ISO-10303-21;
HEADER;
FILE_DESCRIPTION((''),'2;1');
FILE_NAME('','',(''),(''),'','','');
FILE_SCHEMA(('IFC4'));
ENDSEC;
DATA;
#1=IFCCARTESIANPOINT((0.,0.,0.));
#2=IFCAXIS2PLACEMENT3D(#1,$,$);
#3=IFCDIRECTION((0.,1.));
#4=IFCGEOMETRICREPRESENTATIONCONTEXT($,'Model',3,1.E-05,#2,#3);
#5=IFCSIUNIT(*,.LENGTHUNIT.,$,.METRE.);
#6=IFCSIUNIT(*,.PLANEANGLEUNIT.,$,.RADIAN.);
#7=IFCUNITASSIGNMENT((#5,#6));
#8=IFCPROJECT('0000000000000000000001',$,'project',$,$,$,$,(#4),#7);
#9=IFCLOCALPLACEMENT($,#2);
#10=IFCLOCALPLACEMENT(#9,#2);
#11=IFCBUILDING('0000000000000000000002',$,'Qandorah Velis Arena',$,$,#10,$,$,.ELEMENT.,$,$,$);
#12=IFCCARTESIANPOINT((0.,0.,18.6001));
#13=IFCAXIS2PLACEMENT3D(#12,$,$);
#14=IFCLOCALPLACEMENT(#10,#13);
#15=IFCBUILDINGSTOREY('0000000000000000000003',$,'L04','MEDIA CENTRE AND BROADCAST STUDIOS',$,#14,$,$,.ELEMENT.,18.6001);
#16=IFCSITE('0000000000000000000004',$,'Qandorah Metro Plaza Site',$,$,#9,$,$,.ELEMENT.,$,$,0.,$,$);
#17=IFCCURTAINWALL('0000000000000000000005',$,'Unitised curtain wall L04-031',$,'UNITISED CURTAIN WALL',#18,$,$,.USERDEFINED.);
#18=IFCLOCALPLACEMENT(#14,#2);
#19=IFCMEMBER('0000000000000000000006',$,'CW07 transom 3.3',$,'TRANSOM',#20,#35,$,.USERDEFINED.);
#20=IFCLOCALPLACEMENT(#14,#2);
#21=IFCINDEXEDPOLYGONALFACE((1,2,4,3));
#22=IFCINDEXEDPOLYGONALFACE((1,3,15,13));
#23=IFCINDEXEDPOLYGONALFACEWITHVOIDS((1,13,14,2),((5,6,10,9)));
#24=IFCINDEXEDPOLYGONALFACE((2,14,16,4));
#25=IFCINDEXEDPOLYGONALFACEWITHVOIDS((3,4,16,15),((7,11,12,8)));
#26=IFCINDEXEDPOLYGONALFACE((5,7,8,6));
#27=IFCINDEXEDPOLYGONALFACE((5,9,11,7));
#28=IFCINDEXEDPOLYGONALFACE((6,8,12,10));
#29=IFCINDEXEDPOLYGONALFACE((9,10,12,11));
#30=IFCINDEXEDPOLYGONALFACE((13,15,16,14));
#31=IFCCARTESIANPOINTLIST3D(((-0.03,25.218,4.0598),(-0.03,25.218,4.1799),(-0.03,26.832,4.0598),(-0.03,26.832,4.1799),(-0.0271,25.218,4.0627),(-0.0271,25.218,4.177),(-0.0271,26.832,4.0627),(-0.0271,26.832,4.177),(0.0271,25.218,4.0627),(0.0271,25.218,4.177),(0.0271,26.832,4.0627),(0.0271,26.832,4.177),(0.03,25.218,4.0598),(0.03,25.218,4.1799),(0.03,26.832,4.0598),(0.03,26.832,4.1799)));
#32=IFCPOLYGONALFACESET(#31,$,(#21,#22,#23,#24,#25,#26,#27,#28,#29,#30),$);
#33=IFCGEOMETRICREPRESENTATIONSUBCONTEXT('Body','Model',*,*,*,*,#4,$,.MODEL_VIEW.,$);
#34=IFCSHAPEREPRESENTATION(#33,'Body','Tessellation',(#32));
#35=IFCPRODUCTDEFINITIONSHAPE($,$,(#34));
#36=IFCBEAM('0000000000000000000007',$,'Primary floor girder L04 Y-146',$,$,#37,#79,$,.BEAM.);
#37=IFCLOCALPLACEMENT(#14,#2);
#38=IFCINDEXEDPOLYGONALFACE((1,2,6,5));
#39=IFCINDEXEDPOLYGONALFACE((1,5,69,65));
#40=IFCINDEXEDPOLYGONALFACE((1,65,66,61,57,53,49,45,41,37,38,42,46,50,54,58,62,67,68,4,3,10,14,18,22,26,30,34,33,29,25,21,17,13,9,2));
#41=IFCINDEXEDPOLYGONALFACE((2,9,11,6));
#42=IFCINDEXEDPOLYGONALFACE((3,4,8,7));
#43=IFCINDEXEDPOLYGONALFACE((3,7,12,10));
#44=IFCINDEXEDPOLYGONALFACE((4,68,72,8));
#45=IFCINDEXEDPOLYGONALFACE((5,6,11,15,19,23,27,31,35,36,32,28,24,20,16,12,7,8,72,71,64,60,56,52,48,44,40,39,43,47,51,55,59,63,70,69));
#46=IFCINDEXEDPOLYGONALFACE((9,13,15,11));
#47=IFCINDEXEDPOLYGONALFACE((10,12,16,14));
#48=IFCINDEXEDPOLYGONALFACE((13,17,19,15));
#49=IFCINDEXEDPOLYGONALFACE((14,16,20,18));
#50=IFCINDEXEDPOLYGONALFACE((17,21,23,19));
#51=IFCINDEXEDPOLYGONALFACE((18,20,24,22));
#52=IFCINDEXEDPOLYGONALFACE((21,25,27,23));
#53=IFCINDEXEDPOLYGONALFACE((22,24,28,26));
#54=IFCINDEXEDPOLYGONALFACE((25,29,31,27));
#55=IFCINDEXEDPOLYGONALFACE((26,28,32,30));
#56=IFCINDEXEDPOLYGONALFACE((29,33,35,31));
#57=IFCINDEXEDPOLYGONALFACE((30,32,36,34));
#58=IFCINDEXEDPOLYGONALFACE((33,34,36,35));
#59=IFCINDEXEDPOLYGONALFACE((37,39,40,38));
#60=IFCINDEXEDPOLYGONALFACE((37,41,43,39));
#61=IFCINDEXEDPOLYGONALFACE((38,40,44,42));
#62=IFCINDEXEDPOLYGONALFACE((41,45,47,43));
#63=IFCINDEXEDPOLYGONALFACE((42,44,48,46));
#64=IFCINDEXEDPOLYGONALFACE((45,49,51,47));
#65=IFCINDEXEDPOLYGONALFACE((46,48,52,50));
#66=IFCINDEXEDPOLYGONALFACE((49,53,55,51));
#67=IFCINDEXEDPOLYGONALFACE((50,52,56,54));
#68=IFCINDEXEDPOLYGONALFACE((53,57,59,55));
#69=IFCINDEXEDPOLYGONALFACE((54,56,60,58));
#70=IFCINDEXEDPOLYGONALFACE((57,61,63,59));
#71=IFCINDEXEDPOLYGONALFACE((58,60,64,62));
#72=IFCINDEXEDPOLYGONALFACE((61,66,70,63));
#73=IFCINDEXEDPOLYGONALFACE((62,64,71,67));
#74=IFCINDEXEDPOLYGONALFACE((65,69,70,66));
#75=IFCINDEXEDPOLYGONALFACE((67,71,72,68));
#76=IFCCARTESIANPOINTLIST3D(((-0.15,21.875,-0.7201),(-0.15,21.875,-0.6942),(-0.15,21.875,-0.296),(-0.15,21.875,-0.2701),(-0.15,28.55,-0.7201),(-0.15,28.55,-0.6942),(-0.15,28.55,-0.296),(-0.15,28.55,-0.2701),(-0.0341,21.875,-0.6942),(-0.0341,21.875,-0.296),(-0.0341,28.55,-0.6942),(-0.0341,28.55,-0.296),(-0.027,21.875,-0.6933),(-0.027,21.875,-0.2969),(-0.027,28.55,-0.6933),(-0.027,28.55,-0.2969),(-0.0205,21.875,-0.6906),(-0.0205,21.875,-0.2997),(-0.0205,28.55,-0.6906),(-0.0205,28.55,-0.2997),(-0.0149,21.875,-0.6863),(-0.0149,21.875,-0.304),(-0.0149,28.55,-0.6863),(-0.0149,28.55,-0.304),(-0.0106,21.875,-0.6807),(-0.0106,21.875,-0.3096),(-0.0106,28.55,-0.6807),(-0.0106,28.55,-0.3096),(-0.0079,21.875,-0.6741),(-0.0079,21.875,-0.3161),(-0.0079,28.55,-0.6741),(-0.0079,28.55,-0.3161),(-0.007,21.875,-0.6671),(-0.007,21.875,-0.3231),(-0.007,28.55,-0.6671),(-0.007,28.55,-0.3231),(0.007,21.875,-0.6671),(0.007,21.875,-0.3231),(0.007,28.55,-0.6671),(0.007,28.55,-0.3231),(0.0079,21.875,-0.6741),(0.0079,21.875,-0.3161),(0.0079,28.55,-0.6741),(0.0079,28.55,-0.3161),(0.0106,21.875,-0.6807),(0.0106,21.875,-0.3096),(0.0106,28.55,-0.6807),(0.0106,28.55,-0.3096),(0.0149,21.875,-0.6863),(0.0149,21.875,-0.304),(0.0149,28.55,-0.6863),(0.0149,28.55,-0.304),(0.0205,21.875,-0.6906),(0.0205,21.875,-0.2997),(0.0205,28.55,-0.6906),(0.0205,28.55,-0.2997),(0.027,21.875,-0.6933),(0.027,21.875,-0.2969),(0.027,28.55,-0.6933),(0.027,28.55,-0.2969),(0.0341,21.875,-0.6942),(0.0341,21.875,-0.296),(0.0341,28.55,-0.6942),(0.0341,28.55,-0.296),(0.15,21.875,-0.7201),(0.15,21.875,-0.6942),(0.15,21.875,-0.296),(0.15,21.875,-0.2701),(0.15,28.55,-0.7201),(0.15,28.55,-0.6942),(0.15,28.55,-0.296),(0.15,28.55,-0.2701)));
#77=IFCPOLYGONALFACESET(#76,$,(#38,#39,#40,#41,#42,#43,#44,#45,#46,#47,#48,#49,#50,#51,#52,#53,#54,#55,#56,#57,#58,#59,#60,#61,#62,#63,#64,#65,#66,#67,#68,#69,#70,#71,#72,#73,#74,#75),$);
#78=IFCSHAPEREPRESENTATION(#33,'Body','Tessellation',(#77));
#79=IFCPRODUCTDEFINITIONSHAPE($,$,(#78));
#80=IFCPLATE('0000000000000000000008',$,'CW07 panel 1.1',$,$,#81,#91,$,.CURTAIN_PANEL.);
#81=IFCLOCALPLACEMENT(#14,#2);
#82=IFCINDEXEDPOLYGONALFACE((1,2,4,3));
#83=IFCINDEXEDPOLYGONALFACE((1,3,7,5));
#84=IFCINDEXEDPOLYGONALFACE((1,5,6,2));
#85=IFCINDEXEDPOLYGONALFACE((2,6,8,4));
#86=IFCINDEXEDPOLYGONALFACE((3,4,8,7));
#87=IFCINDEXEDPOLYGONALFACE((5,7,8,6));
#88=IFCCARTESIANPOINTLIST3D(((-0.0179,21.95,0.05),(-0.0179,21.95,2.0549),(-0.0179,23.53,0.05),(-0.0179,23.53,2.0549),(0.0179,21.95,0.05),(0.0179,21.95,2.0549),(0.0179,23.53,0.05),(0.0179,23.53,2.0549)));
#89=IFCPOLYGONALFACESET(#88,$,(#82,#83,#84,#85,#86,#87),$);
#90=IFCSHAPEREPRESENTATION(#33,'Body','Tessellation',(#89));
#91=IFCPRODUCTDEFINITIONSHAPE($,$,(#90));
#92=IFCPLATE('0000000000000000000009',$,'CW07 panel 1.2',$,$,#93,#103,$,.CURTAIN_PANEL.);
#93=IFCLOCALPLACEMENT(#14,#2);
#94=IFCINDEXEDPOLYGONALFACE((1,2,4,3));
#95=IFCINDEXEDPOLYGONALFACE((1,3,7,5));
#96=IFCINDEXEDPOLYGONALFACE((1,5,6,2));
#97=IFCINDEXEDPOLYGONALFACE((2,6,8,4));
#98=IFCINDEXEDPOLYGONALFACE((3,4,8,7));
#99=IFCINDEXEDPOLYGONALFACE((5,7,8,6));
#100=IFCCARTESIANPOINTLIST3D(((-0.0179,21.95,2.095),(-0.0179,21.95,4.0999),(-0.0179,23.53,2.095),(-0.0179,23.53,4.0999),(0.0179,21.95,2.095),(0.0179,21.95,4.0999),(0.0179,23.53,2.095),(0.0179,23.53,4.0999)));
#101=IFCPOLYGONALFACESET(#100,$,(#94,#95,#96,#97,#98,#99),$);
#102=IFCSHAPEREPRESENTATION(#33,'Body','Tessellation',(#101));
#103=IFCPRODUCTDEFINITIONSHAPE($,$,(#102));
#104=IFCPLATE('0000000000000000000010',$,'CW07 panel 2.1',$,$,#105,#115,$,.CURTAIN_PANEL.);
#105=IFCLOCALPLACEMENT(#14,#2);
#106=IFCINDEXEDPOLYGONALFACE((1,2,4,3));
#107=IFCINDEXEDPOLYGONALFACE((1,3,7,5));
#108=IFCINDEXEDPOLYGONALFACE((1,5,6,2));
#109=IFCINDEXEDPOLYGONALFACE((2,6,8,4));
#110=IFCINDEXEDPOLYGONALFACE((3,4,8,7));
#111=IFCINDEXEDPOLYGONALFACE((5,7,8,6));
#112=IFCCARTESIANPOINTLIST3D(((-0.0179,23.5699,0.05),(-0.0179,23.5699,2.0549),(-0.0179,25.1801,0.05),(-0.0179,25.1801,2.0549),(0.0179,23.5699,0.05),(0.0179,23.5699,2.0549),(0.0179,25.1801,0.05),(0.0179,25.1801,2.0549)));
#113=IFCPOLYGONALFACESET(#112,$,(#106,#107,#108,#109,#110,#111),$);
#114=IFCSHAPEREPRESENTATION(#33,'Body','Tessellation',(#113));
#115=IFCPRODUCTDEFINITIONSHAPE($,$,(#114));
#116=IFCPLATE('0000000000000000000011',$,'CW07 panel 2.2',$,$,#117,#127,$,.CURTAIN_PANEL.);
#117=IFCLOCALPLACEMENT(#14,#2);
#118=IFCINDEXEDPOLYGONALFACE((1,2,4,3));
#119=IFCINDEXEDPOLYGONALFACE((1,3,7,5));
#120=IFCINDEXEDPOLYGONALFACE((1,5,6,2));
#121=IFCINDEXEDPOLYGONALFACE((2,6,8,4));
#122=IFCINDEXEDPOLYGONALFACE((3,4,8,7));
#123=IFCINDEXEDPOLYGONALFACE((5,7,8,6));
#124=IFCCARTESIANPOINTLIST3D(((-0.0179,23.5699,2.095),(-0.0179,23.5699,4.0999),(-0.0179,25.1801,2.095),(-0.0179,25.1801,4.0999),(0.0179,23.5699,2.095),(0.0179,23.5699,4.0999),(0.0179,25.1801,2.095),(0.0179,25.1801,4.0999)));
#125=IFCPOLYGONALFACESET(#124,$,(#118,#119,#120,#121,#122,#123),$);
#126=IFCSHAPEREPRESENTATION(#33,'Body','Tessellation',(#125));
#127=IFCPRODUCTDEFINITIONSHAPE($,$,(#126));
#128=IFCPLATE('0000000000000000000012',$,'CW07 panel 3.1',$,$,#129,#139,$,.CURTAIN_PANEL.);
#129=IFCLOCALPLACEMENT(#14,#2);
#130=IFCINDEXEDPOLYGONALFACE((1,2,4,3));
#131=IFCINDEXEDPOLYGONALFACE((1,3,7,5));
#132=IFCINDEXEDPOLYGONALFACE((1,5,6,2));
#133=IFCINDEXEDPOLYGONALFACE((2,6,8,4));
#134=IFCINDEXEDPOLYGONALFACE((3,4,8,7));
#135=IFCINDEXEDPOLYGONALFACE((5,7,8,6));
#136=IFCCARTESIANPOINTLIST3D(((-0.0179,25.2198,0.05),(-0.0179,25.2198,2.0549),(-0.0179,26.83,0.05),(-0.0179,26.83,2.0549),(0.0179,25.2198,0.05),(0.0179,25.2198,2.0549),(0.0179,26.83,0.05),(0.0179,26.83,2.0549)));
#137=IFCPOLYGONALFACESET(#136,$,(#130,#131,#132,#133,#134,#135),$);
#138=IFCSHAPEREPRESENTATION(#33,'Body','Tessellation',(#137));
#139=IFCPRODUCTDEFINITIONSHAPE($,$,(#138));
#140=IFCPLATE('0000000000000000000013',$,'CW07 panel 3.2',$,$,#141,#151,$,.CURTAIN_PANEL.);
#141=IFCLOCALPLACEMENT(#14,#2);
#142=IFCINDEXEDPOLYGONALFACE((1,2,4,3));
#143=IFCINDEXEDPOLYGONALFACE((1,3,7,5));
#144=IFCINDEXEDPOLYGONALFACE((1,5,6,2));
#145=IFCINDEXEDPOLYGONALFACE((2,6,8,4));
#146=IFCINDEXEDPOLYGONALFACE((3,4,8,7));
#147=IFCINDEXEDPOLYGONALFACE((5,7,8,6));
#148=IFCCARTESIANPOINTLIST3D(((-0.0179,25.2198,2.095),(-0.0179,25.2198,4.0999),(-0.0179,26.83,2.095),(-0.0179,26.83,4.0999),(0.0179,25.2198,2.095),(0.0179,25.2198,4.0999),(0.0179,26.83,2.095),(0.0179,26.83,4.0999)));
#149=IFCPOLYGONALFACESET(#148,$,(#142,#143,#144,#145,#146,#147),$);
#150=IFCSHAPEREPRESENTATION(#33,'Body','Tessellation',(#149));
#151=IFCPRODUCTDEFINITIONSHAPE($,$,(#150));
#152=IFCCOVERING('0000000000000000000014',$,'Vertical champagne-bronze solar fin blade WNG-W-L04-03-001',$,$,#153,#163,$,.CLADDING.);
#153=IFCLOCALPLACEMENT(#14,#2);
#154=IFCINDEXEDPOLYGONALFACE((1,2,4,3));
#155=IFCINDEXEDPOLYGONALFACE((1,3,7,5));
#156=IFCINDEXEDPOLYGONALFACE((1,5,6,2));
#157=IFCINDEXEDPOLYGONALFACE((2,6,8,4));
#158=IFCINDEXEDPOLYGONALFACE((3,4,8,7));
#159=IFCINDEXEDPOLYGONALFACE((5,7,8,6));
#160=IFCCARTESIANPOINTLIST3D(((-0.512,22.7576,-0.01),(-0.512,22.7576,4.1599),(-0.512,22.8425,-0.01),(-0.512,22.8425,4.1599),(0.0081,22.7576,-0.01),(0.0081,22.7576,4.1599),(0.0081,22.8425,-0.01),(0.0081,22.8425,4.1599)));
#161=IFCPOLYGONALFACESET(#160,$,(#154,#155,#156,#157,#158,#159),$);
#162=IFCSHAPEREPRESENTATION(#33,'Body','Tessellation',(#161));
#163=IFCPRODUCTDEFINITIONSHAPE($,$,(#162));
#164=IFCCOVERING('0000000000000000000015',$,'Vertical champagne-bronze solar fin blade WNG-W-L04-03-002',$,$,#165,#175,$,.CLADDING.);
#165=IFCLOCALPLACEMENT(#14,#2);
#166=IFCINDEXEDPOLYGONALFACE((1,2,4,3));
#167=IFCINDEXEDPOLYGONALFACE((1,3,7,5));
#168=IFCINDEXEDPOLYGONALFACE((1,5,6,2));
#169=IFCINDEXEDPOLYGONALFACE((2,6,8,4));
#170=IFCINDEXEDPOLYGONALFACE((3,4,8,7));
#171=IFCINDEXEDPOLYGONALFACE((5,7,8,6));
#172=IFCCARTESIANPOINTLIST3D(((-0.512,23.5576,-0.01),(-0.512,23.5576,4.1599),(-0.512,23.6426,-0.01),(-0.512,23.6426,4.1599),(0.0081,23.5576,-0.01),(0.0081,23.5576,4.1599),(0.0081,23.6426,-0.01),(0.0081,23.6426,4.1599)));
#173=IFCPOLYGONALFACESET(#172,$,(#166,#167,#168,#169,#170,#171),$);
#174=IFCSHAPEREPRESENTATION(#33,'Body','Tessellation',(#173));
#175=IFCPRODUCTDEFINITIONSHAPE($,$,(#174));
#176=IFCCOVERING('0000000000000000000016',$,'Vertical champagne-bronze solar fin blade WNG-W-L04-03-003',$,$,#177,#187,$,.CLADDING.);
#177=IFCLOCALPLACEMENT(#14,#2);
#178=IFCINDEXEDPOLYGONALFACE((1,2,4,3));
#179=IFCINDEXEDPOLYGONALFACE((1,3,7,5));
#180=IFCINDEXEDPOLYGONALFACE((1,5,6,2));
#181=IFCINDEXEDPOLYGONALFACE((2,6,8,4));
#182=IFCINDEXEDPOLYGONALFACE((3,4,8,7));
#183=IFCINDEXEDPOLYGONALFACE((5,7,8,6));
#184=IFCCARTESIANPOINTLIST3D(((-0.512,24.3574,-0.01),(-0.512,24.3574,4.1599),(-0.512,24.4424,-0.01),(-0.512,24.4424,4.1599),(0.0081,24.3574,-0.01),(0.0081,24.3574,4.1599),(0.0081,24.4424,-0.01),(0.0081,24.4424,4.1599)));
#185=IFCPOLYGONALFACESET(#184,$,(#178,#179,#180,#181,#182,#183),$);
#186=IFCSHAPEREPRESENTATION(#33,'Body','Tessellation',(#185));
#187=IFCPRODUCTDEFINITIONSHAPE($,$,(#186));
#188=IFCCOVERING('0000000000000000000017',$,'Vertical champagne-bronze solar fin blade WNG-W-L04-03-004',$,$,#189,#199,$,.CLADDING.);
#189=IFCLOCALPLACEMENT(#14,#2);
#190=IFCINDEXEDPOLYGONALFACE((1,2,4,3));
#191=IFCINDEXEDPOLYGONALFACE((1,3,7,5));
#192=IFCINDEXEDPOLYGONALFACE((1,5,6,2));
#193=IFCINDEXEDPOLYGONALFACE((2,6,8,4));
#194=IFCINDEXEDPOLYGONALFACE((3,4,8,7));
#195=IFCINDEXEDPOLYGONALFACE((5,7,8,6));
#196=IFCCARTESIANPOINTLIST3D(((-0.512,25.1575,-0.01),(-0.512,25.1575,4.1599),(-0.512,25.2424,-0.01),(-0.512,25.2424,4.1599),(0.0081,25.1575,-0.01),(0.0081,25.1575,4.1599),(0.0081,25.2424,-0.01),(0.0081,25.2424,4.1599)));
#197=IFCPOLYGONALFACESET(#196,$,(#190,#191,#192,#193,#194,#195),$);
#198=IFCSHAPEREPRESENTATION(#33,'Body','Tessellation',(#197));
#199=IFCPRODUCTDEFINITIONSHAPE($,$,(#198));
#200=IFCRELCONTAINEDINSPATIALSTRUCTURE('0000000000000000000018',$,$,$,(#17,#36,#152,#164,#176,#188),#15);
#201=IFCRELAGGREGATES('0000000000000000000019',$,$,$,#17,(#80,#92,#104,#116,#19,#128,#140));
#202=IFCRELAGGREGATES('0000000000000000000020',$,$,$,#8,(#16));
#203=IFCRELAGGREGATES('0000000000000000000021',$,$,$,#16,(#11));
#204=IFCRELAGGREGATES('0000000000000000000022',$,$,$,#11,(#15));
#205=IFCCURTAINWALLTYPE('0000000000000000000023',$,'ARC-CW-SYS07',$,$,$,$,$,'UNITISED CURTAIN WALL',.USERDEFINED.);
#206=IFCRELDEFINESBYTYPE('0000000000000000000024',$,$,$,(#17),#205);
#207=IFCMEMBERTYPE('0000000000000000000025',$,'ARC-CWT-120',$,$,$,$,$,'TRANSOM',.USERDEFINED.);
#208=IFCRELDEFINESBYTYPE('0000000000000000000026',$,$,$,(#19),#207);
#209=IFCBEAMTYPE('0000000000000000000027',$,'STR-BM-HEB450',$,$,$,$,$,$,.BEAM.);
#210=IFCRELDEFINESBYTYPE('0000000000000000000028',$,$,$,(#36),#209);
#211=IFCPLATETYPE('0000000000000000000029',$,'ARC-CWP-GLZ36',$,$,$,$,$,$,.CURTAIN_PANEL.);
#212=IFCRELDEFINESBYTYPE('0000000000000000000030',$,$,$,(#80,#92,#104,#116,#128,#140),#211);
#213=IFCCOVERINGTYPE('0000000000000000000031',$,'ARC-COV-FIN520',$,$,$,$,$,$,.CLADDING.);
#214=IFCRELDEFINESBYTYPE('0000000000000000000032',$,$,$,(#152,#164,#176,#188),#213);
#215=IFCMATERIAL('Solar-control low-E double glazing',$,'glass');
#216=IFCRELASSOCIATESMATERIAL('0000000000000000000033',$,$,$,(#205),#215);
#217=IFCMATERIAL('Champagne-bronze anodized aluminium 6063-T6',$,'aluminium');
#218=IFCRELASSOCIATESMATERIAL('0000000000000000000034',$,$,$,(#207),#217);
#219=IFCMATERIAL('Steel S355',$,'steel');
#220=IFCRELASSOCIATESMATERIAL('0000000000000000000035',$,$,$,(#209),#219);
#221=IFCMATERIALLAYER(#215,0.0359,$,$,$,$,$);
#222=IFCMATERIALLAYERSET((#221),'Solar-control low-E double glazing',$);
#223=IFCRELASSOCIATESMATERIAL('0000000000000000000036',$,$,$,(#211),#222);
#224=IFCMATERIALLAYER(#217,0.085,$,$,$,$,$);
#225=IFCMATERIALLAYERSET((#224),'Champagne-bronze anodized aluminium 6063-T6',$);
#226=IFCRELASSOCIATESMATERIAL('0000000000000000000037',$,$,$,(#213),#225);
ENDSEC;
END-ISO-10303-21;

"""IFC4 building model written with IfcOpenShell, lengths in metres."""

from ifc_helpers import new_model, si_unit, direction, frame, origin, origin_2d, place, context, subcontext, project, spatial, rectangle, hollow_rectangle, i_section, extrude, material, layer, layer_set, material_profile, profile_set, type_object, element, aggregate, save


model = new_model("IFC4")

# Units and contexts
model_context = context("Model", 3, precision=1e-05, world=origin(), true_north=direction((0.0, 1.0)))
body_context = subcontext(model_context, "Body", "Model", "MODEL_VIEW")
ifc_project = project(units=[si_unit("LENGTHUNIT", "METRE"), si_unit("PLANEANGLEUNIT", "RADIAN")], contexts=[model_context])

# Site, building, storey
site_placement = place(None, origin())
site = spatial("IfcSite", under=ifc_project, at=site_placement, Name="Qandorah Metro Plaza Site", CompositionType="ELEMENT", RefElevation=0.0)
building_placement = place(site_placement, origin())
building = spatial("IfcBuilding", under=site, at=building_placement, Name="Qandorah Velis Arena", CompositionType="ELEMENT")
storey_placement = place(building_placement, frame((0.0, 0.0, 18.6001)))
storey = spatial("IfcBuildingStorey", under=building, at=storey_placement, Name="L04", Description="MEDIA CENTRE AND BROADCAST STUDIOS", CompositionType="ELEMENT", Elevation=18.6001)

# Curtain wall, member
ifc_material_1 = material(Name="Solar-control low-E double glazing", Category="glass")
curtain_wall_type = type_object("IfcCurtainWallType", Name="ARC-CW-SYS07", ElementType="UNITISED CURTAIN WALL", PredefinedType="USERDEFINED", material=ifc_material_1)
curtain_wall_placement = place(storey_placement, origin())
curtain_wall = element("IfcCurtainWall", 1, at=curtain_wall_placement, inside=storey, type_object=curtain_wall_type, Name="Unitised curtain wall L04-031", ObjectType="UNITISED CURTAIN WALL", PredefinedType="USERDEFINED")
ifc_material_2 = material(Name="Champagne-bronze anodized aluminium 6063-T6", Category="aluminium")
ifc_material_profile_1 = material_profile(ifc_material_2, hollow_rectangle(XDim=0.0601, YDim=0.1201, WallThickness=0.0029, at=origin_2d()), Name="ALU TRANSOM 60x120")
ifc_profile_set_1 = profile_set([ifc_material_profile_1], Name="Champagne-bronze anodized aluminium 6063-T6")
member_type_1 = type_object("IfcMemberType", Name="ARC-CWT-120", ElementType="TRANSOM", PredefinedType="USERDEFINED", material=ifc_profile_set_1)
member_1_placement = place(storey_placement, frame((0.0, 25.218, 4.1199), z_axis=(0.0, 1.0, 0.0), x_axis=(-1.0, 0.0, 0.0)))
member_1 = element("IfcMember", 2, at=member_1_placement, type_object=member_type_1, Name="CW07 transom 3.3", ObjectType="TRANSOM", PredefinedType="USERDEFINED", context=body_context, shape_type="SweptSolid", body=[
    extrude(hollow_rectangle(XDim=0.0601, YDim=0.1201, WallThickness=0.0029, at=origin_2d()), origin(), (0.0, 0.0, 1.0), 1.614),
])

# Beam
ifc_material_3 = material(Name="Steel S355", Category="steel")
ifc_material_profile_2 = material_profile(ifc_material_3, i_section(OverallWidth=0.3, OverallDepth=0.45, WebThickness=0.0139, FlangeThickness=0.0259, FilletRadius=0.0271, at=origin_2d()), Name="HEB 450")
ifc_profile_set_2 = profile_set([ifc_material_profile_2], Name="Steel S355")
beam_type = type_object("IfcBeamType", Name="STR-BM-HEB450", PredefinedType="BEAM", material=ifc_profile_set_2)
beam_placement = place(storey_placement, frame((0.0, 21.875, -0.4951), z_axis=(0.0, 1.0, 0.0), x_axis=(-1.0, 0.0, 0.0)))
element("IfcBeam", 3, at=beam_placement, inside=storey, type_object=beam_type, Name="Primary floor girder L04 Y-146", PredefinedType="BEAM", context=body_context, shape_type="SweptSolid", body=[
    extrude(i_section(OverallWidth=0.3, OverallDepth=0.45, WebThickness=0.0139, FlangeThickness=0.0259, FilletRadius=0.0271, at=origin_2d()), origin(), (0.0, 0.0, 1.0), 6.675),
])

# Plates
ifc_layer_1 = layer(ifc_material_1, 0.0359)
ifc_layer_set_1 = layer_set([ifc_layer_1], Name="Solar-control low-E double glazing")
plate_type = type_object("IfcPlateType", Name="ARC-CWP-GLZ36", PredefinedType="CURTAIN_PANEL", material=ifc_layer_set_1)
plate_1_placement = place(storey_placement, frame((0.0, 22.74, 0.05), z_axis=(0.0, 0.0, 1.0), x_axis=(0.0, 1.0, 0.0)))
plate_1 = element("IfcPlate", 4, at=plate_1_placement, type_object=plate_type, Name="CW07 panel 1.1", PredefinedType="CURTAIN_PANEL", context=body_context, shape_type="SweptSolid", body=[
    extrude(rectangle(XDim=1.5801, YDim=0.0359, at=origin_2d()), origin(), (0.0, 0.0, 1.0), 2.0049),
])
plate_2_placement = place(storey_placement, frame((0.0, 22.74, 2.095), z_axis=(0.0, 0.0, 1.0), x_axis=(0.0, 1.0, 0.0)))
plate_2 = element("IfcPlate", 5, at=plate_2_placement, type_object=plate_type, Name="CW07 panel 1.2", PredefinedType="CURTAIN_PANEL", context=body_context, shape_type="SweptSolid", body=[
    extrude(rectangle(XDim=1.5801, YDim=0.0359, at=origin_2d()), origin(), (0.0, 0.0, 1.0), 2.0049),
])
plate_3_placement = place(storey_placement, frame((0.0, 24.375, 0.05), z_axis=(0.0, 0.0, 1.0), x_axis=(0.0, 1.0, 0.0)))
plate_3 = element("IfcPlate", 6, at=plate_3_placement, type_object=plate_type, Name="CW07 panel 2.1", PredefinedType="CURTAIN_PANEL", context=body_context, shape_type="SweptSolid", body=[
    extrude(rectangle(XDim=1.6101, YDim=0.0359, at=origin_2d()), origin(), (0.0, 0.0, 1.0), 2.0049),
])
plate_4_placement = place(storey_placement, frame((0.0, 24.375, 2.095), z_axis=(0.0, 0.0, 1.0), x_axis=(0.0, 1.0, 0.0)))
plate_4 = element("IfcPlate", 7, at=plate_4_placement, type_object=plate_type, Name="CW07 panel 2.2", PredefinedType="CURTAIN_PANEL", context=body_context, shape_type="SweptSolid", body=[
    extrude(rectangle(XDim=1.6101, YDim=0.0359, at=origin_2d()), origin(), (0.0, 0.0, 1.0), 2.0049),
])
plate_5_placement = place(storey_placement, frame((0.0, 26.0249, 0.05), z_axis=(0.0, 0.0, 1.0), x_axis=(0.0, 1.0, 0.0)))
plate_5 = element("IfcPlate", 8, at=plate_5_placement, type_object=plate_type, Name="CW07 panel 3.1", PredefinedType="CURTAIN_PANEL", context=body_context, shape_type="SweptSolid", body=[
    extrude(rectangle(XDim=1.6101, YDim=0.0359, at=origin_2d()), origin(), (0.0, 0.0, 1.0), 2.0049),
])
plate_6_placement = place(storey_placement, frame((0.0, 26.0249, 2.095), z_axis=(0.0, 0.0, 1.0), x_axis=(0.0, 1.0, 0.0)))
plate_6 = element("IfcPlate", 9, at=plate_6_placement, type_object=plate_type, Name="CW07 panel 3.2", PredefinedType="CURTAIN_PANEL", context=body_context, shape_type="SweptSolid", body=[
    extrude(rectangle(XDim=1.6101, YDim=0.0359, at=origin_2d()), origin(), (0.0, 0.0, 1.0), 2.0049),
])
aggregate(curtain_wall, [plate_1, plate_2, plate_3, plate_4, member_1, plate_5, plate_6])

# Coverings
ifc_layer_2 = layer(ifc_material_2, 0.085)
ifc_layer_set_2 = layer_set([ifc_layer_2], Name="Champagne-bronze anodized aluminium 6063-T6")
covering_type = type_object("IfcCoveringType", Name="ARC-COV-FIN520", PredefinedType="CLADDING", material=ifc_layer_set_2)
for number, where, z_axis, x_axis, name in (
    (10, (-0.252, 22.8, -0.01), (0.0, 0.0, 1.0), (1.0, 0.0, 0.0), "Vertical champagne-bronze solar fin blade WNG-W-L04-03-001"),
    (11, (-0.252, 23.6001, -0.01), (0.0, 0.0, 1.0), (1.0, 0.0, 0.0), "Vertical champagne-bronze solar fin blade WNG-W-L04-03-002"),
    (12, (-0.252, 24.3999, -0.01), (0.0, 0.0, 1.0), (1.0, 0.0, 0.0), "Vertical champagne-bronze solar fin blade WNG-W-L04-03-003"),
    (13, (-0.252, 25.2, -0.01), (0.0, 0.0, 1.0), (1.0, 0.0, 0.0), "Vertical champagne-bronze solar fin blade WNG-W-L04-03-004"),
):
    element("IfcCovering", number, at=place(storey_placement, frame(where, z_axis=z_axis, x_axis=x_axis)), inside=storey, type_object=covering_type, Name=name, PredefinedType="CLADDING", context=body_context, shape_type="SweptSolid", body=[
        extrude(rectangle(XDim=0.52, YDim=0.085, at=origin_2d()), origin(), (0.0, 0.0, 1.0), 4.1699),
    ])

save(model, "model.ifc")
